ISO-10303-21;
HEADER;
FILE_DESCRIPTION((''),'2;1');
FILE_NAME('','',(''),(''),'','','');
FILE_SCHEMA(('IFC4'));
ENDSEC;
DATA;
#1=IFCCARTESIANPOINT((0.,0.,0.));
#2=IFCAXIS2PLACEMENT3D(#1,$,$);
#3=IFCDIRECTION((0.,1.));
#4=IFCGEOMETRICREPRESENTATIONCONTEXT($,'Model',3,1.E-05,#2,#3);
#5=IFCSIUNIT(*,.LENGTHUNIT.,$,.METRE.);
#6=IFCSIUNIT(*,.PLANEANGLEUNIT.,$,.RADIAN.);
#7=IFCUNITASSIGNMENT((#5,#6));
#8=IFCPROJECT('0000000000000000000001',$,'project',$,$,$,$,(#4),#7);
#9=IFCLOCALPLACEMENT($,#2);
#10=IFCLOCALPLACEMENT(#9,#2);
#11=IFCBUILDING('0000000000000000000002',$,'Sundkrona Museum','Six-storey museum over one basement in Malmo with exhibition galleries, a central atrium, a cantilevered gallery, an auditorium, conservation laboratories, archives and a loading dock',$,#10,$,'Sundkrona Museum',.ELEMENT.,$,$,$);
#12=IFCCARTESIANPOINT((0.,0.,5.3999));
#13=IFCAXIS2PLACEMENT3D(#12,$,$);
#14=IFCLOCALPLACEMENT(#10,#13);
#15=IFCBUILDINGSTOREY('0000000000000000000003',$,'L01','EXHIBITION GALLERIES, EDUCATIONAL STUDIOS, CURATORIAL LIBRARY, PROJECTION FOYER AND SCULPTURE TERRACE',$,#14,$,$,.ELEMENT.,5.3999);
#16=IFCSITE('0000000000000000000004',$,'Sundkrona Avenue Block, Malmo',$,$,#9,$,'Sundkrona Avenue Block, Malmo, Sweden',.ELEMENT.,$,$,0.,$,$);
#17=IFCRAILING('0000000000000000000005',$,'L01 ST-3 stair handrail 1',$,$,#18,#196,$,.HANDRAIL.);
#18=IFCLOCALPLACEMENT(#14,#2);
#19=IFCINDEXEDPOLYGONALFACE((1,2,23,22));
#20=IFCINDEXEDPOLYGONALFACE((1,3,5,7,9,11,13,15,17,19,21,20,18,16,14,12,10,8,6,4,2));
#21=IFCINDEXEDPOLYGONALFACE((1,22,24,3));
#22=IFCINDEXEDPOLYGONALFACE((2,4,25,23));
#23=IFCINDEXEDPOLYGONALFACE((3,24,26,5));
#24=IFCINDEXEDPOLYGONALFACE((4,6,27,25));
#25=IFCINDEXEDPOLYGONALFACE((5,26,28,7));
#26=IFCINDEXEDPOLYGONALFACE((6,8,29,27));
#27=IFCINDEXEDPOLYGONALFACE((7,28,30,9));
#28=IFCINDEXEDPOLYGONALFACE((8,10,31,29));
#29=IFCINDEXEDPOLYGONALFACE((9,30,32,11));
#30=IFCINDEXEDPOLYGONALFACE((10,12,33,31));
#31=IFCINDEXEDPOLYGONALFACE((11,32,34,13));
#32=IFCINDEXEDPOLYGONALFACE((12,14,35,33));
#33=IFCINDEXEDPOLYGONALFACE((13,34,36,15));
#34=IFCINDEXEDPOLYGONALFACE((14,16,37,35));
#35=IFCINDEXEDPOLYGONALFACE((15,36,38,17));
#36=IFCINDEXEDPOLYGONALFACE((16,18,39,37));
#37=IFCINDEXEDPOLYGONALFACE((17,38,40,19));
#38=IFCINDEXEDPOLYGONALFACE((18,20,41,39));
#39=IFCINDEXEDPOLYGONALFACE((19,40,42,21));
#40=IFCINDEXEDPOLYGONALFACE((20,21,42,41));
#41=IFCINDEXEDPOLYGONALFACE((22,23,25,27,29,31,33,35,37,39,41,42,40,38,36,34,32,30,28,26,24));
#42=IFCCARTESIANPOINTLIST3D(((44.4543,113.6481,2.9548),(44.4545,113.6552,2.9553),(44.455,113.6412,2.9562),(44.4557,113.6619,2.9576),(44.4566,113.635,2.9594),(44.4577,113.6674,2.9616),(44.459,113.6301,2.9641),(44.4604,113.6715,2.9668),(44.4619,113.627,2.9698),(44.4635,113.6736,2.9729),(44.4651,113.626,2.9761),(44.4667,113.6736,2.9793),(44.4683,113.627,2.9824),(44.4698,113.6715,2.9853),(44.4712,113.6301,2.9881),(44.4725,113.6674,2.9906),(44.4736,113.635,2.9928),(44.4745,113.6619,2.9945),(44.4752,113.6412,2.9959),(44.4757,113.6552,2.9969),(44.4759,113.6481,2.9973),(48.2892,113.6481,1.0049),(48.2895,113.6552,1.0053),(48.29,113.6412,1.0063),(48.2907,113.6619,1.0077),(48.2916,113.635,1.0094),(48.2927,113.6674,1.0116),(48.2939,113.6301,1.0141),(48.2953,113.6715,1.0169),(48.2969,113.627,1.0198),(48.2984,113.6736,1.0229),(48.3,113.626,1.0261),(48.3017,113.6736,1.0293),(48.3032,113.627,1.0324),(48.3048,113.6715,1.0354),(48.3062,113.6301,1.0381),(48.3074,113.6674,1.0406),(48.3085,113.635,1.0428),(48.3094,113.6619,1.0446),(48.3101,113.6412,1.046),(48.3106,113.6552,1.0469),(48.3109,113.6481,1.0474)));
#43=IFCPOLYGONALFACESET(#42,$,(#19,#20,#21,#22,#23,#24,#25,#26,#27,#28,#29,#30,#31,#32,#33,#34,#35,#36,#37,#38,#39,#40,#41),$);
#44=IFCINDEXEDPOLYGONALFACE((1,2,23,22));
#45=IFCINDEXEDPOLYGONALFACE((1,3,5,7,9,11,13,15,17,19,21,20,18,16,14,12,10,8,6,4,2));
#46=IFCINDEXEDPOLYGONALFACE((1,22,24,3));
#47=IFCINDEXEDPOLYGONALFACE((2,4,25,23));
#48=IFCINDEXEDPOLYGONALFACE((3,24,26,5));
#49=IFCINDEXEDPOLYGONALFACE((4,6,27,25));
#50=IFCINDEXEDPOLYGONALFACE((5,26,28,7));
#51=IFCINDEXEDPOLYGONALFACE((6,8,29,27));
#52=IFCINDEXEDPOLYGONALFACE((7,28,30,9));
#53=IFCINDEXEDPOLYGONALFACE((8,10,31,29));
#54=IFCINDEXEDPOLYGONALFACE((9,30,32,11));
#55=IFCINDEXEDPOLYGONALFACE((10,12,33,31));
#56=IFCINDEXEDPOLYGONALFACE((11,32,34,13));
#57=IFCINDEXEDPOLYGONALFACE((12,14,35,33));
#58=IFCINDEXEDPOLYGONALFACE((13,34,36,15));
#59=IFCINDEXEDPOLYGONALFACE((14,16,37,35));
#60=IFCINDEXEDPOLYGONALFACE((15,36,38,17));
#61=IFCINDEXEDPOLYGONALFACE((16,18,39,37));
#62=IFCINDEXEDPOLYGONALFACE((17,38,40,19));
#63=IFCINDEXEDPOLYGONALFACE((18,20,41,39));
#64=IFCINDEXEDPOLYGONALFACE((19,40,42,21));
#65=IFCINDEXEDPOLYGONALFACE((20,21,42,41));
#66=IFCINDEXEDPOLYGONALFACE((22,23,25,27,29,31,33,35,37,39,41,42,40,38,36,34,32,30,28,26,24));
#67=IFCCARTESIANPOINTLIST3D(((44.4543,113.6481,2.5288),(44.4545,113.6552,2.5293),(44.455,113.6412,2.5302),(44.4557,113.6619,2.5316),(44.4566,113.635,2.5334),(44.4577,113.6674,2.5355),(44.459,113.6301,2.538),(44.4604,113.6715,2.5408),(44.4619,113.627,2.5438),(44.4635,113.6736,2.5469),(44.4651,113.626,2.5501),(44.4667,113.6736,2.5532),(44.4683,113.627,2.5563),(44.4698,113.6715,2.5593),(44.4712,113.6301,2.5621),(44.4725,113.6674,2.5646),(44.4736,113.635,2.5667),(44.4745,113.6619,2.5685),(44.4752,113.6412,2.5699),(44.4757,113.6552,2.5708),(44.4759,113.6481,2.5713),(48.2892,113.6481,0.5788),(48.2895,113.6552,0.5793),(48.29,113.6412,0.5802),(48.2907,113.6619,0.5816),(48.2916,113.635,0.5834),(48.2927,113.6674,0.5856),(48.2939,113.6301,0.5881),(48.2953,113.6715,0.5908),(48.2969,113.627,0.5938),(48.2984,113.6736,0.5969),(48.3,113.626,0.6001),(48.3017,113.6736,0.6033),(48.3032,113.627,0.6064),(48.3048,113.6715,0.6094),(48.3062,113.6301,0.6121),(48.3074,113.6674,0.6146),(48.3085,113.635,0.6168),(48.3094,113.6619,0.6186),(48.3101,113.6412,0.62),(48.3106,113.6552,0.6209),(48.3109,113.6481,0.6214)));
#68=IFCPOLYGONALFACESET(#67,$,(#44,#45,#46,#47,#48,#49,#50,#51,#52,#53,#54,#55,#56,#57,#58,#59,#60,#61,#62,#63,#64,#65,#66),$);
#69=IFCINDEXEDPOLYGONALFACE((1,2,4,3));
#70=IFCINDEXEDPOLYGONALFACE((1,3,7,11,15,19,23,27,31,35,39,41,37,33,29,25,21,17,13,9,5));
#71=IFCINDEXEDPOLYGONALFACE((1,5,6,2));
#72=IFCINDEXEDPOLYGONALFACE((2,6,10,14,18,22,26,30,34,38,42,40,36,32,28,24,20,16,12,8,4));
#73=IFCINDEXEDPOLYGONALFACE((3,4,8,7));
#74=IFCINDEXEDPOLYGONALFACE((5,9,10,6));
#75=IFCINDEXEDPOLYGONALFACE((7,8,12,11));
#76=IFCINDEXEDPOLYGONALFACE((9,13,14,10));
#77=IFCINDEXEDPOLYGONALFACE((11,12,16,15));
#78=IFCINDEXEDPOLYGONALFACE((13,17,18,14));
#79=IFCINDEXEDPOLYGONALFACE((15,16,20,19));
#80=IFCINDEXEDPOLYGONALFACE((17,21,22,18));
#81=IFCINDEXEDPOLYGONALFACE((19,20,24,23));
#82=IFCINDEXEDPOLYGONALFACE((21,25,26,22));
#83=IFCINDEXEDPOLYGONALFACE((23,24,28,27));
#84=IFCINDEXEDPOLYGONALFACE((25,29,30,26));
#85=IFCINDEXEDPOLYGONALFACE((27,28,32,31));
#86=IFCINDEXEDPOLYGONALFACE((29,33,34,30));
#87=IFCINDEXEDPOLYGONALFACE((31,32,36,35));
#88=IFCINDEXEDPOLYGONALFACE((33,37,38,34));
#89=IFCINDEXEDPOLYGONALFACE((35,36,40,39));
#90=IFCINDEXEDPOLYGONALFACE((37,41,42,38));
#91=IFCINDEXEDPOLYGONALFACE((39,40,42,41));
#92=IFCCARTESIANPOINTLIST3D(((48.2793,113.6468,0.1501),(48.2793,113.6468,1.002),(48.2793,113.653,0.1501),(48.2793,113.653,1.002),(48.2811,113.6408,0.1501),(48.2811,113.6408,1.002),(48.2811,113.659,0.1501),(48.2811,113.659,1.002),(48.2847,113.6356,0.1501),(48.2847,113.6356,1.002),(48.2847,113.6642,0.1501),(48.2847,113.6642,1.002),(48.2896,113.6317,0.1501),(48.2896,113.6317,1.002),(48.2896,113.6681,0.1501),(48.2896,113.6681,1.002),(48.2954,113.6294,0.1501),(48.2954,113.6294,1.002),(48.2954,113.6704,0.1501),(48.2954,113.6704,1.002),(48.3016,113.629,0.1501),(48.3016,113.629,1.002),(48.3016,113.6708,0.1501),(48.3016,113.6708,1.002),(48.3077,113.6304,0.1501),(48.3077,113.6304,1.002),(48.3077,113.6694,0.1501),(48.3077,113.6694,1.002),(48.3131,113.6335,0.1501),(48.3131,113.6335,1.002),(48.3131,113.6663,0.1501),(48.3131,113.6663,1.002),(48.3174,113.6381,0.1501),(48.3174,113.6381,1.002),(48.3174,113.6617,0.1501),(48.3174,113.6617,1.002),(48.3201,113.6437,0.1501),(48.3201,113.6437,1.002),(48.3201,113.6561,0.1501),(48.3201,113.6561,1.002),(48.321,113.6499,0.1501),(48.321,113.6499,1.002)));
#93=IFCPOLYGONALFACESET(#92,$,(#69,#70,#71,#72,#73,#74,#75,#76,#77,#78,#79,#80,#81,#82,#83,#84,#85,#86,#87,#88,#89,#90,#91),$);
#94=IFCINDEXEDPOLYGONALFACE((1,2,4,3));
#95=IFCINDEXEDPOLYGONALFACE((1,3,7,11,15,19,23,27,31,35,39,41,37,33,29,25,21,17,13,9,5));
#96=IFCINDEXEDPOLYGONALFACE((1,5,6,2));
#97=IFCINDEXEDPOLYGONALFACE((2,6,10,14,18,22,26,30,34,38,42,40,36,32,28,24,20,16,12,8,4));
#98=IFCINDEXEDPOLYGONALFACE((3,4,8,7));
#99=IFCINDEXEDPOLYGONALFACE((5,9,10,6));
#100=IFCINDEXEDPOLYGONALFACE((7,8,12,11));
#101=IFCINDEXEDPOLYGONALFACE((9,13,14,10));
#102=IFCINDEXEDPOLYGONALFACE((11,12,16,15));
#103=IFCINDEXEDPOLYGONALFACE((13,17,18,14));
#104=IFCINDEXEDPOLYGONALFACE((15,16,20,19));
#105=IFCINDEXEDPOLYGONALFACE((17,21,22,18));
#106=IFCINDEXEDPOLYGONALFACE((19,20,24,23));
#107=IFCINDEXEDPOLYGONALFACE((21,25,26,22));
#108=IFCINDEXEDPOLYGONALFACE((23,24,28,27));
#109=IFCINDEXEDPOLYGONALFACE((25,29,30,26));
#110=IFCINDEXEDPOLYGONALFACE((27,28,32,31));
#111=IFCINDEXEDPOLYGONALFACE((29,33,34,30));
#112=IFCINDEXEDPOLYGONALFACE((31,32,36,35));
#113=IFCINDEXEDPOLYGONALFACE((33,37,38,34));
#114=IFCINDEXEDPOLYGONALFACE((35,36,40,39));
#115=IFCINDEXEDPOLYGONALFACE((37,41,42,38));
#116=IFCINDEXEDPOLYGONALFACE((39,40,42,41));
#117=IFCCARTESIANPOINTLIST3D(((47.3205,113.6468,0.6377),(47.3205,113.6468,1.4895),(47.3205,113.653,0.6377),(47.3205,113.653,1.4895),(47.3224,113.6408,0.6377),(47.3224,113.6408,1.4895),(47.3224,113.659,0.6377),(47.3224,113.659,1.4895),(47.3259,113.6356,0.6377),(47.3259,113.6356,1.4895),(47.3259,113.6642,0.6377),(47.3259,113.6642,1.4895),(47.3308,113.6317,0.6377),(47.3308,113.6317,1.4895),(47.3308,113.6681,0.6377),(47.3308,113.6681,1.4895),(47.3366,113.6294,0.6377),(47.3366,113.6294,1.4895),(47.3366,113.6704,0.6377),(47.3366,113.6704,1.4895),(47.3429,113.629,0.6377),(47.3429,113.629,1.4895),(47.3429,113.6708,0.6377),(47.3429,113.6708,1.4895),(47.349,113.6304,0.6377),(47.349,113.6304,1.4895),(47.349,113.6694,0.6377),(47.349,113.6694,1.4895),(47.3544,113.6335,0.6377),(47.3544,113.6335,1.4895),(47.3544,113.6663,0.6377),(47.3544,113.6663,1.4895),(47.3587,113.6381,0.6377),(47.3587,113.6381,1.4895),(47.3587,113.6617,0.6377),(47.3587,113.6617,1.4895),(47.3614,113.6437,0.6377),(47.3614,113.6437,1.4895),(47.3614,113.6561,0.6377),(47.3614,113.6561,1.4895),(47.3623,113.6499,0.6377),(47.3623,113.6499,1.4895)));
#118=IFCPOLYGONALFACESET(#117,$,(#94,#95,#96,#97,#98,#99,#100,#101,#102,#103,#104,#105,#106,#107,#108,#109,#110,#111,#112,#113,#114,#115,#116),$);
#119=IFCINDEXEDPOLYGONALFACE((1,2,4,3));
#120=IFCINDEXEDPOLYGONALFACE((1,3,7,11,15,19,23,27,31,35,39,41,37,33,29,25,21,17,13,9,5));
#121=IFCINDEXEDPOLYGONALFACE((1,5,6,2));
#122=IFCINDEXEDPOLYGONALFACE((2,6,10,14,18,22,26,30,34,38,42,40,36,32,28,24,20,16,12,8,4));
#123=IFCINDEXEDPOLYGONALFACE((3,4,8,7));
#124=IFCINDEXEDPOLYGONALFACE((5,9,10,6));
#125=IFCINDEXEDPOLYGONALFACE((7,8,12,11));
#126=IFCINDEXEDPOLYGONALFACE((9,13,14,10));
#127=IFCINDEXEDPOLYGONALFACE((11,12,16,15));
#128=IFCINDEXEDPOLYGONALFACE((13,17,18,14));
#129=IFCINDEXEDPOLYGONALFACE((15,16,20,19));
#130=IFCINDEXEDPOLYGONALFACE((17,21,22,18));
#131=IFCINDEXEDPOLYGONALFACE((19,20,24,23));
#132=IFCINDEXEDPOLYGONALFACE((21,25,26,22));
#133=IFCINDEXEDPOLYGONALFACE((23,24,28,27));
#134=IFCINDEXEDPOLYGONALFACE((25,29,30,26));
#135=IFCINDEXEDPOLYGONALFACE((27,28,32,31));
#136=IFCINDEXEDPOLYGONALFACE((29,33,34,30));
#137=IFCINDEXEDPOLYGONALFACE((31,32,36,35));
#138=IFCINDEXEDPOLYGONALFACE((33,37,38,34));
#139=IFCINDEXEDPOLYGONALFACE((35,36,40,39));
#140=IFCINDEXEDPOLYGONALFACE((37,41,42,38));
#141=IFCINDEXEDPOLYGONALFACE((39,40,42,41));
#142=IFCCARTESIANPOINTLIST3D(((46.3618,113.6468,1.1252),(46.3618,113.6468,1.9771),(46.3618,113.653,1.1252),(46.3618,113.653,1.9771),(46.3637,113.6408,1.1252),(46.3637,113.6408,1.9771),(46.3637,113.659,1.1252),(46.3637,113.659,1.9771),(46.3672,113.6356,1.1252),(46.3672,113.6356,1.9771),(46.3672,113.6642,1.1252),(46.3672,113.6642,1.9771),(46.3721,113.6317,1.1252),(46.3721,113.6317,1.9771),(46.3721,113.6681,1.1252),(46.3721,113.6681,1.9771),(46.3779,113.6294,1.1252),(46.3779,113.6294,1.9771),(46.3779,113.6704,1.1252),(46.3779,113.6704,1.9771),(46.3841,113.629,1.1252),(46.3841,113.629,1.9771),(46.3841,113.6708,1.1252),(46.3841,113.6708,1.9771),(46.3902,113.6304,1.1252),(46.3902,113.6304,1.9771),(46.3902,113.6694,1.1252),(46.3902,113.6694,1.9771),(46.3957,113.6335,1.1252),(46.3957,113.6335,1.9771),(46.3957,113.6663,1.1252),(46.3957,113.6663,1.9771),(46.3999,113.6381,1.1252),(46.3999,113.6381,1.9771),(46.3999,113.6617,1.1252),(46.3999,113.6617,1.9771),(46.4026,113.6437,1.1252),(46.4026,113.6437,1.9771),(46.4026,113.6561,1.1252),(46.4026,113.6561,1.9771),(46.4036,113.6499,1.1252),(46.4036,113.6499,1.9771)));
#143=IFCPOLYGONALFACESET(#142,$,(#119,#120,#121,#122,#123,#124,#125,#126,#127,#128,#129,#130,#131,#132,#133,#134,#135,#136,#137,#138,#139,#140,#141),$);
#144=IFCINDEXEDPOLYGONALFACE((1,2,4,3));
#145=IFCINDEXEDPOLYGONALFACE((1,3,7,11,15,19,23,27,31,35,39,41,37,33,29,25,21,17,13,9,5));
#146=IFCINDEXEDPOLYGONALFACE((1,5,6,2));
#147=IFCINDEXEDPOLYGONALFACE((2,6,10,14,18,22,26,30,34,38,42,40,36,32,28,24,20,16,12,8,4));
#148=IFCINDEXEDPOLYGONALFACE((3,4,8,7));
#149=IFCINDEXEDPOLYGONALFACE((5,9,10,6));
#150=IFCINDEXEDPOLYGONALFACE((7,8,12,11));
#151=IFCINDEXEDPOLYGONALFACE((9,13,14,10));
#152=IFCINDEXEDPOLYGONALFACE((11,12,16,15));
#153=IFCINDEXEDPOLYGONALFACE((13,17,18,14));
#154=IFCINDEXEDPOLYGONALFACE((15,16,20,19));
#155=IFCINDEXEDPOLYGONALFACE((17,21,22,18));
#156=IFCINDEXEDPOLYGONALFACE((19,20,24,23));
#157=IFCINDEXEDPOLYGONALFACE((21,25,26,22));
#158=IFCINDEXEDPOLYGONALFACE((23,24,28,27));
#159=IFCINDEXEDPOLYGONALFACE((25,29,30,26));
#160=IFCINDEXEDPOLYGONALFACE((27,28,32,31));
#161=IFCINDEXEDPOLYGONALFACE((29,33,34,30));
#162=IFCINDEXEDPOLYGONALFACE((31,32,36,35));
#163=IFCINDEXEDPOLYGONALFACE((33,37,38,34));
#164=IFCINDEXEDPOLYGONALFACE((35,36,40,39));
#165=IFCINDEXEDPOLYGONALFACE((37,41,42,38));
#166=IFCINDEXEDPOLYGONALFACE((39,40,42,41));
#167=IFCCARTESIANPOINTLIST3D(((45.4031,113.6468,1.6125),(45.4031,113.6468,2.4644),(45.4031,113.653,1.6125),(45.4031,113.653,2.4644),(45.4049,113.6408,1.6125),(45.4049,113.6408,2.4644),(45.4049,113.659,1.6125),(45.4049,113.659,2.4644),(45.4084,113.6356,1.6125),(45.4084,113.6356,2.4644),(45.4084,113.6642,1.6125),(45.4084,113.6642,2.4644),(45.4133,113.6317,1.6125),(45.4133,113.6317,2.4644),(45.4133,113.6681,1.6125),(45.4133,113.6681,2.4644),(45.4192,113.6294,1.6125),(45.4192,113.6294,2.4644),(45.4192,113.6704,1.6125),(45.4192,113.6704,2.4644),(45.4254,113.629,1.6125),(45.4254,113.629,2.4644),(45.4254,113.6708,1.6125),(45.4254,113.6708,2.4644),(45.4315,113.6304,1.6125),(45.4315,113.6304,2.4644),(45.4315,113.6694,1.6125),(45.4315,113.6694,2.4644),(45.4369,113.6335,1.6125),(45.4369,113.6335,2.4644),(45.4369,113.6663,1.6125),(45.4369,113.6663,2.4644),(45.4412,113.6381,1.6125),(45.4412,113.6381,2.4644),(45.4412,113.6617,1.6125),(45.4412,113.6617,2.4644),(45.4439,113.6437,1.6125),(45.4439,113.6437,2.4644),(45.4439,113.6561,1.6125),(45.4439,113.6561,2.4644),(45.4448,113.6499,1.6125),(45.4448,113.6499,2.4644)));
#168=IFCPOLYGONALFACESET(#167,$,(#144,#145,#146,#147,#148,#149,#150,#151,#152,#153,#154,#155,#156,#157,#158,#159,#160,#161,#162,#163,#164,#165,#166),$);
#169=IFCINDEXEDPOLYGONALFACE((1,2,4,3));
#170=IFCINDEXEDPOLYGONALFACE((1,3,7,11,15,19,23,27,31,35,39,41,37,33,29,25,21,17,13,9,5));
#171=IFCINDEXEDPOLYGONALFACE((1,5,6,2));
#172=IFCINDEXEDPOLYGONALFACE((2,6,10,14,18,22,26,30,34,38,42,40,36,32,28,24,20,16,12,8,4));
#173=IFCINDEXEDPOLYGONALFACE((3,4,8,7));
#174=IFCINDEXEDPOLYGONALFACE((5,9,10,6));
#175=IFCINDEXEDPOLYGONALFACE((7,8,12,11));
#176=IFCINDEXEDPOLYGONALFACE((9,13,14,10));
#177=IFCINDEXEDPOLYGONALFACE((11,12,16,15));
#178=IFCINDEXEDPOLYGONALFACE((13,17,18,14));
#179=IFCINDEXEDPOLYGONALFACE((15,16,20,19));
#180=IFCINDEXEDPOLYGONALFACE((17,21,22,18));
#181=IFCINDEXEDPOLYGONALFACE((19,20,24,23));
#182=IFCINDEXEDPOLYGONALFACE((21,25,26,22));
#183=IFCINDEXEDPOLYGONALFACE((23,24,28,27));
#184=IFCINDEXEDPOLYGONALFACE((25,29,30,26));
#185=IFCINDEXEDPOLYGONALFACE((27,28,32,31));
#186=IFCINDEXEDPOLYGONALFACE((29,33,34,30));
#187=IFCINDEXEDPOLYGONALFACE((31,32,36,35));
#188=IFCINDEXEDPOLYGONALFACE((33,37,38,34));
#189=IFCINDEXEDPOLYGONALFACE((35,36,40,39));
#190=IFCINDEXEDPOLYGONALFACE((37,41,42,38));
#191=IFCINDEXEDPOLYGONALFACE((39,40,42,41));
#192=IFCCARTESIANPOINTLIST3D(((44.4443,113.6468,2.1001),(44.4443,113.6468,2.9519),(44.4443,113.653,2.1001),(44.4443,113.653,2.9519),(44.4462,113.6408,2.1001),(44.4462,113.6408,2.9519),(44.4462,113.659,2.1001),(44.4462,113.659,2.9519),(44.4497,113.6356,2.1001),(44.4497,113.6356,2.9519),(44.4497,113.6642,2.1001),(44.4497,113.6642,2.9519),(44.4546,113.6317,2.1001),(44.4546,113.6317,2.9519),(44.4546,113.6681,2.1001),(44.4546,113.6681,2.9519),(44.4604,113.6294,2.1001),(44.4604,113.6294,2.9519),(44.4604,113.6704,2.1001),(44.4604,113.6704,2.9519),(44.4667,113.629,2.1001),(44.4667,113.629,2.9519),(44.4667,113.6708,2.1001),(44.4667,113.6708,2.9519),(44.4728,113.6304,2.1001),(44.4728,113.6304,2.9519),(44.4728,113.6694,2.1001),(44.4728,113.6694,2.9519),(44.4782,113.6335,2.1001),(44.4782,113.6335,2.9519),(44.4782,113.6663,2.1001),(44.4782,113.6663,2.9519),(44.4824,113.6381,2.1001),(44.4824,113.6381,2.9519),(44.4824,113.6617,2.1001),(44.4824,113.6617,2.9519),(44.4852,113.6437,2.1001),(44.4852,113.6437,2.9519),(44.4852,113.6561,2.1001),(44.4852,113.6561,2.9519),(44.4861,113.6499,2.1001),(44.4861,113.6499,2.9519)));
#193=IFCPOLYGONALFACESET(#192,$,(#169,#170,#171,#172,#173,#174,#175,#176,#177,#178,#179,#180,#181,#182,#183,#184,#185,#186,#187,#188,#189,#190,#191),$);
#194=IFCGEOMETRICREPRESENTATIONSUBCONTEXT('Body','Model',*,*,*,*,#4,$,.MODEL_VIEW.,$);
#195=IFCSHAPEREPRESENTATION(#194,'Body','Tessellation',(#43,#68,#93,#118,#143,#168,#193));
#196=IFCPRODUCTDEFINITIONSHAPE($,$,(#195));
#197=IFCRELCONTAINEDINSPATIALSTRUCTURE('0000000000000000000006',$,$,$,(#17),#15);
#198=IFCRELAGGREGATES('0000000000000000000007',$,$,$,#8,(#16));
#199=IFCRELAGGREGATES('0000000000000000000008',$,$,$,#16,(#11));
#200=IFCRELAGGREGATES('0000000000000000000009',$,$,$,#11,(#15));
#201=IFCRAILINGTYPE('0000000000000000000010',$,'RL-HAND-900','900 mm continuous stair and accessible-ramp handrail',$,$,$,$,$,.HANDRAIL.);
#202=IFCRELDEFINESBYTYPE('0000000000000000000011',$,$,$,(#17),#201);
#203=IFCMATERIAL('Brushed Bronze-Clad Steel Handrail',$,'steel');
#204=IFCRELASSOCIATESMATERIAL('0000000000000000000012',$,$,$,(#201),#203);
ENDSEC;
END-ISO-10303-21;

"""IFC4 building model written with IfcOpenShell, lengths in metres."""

from ifc_helpers import new_model, si_unit, direction, frame, origin, origin_2d, place, context, subcontext, project, spatial, circle, extrude, material, type_object, element, save


model = new_model("IFC4")

# Units and contexts
model_context = context("Model", 3, precision=1e-05, world=origin(), true_north=direction((0.0, 1.0)))
body_context = subcontext(model_context, "Body", "Model", "MODEL_VIEW")
ifc_project = project(units=[si_unit("LENGTHUNIT", "METRE"), si_unit("PLANEANGLEUNIT", "RADIAN")], contexts=[model_context])

# Site, building, storey
site_placement = place(None, origin())
site = spatial("IfcSite", under=ifc_project, at=site_placement, Name="Sundkrona Avenue Block, Malmo", LongName="Sundkrona Avenue Block, Malmo, Sweden", CompositionType="ELEMENT", RefElevation=0.0)
building_placement = place(site_placement, origin())
building = spatial("IfcBuilding", under=site, at=building_placement, Name="Sundkrona Museum", Description="Six-storey museum over one basement in Malmo with exhibition galleries, a central atrium, a cantilevered gallery, an auditorium, conservation laboratories, archives and a loading dock", LongName="Sundkrona Museum", CompositionType="ELEMENT")
storey_placement = place(building_placement, frame((0.0, 0.0, 5.3999)))
storey = spatial("IfcBuildingStorey", under=building, at=storey_placement, Name="L01", Description="EXHIBITION GALLERIES, EDUCATIONAL STUDIOS, CURATORIAL LIBRARY, PROJECTION FOYER AND SCULPTURE TERRACE", CompositionType="ELEMENT", Elevation=5.3999)

# Railing
ifc_material_1 = material(Name="Brushed Bronze-Clad Steel Handrail", Category="steel")
railing_type_1 = type_object("IfcRailingType", Name="RL-HAND-900", Description="900 mm continuous stair and accessible-ramp handrail", PredefinedType="HANDRAIL", material=ifc_material_1)
railing_1_placement = place(storey_placement, frame((48.3, 113.6499, 0.1501)))
element("IfcRailing", 1, at=railing_1_placement, inside=storey, type_object=railing_type_1, Name="L01 ST-3 stair handrail 1", PredefinedType="HANDRAIL", context=body_context, shape_type="SweptSolid", body=[
    extrude(circle(Radius=0.0239, at=origin_2d()), frame((0.0, 0.0, 0.876), z_axis=(-0.891388, 0.0, 0.453241), x_axis=(0.0, -1.0, 0.0)), (0.0, 0.0, 1.0), 4.3022),
    extrude(circle(Radius=0.0239, at=origin_2d()), frame((0.0, 0.0, 0.45), z_axis=(-0.891388, 0.0, 0.453241), x_axis=(0.0, -1.0, 0.0)), (0.0, 0.0, 1.0), 4.3022),
    extrude(circle(Radius=0.021, at=origin_2d()), origin(), (0.0, 0.0, 1.0), 0.8518),
    extrude(circle(Radius=0.021, at=origin_2d()), frame((-0.9587, 0.0, 0.4875)), (0.0, 0.0, 1.0), 0.8518),
    extrude(circle(Radius=0.021, at=origin_2d()), frame((-1.9175, 0.0, 0.9751)), (0.0, 0.0, 1.0), 0.8518),
    extrude(circle(Radius=0.021, at=origin_2d()), frame((-2.8762, 0.0, 1.4624)), (0.0, 0.0, 1.0), 0.8518),
    extrude(circle(Radius=0.021, at=origin_2d()), frame((-3.835, 0.0, 1.95)), (0.0, 0.0, 1.0), 0.8518),
])

save(model, "model.ifc")
